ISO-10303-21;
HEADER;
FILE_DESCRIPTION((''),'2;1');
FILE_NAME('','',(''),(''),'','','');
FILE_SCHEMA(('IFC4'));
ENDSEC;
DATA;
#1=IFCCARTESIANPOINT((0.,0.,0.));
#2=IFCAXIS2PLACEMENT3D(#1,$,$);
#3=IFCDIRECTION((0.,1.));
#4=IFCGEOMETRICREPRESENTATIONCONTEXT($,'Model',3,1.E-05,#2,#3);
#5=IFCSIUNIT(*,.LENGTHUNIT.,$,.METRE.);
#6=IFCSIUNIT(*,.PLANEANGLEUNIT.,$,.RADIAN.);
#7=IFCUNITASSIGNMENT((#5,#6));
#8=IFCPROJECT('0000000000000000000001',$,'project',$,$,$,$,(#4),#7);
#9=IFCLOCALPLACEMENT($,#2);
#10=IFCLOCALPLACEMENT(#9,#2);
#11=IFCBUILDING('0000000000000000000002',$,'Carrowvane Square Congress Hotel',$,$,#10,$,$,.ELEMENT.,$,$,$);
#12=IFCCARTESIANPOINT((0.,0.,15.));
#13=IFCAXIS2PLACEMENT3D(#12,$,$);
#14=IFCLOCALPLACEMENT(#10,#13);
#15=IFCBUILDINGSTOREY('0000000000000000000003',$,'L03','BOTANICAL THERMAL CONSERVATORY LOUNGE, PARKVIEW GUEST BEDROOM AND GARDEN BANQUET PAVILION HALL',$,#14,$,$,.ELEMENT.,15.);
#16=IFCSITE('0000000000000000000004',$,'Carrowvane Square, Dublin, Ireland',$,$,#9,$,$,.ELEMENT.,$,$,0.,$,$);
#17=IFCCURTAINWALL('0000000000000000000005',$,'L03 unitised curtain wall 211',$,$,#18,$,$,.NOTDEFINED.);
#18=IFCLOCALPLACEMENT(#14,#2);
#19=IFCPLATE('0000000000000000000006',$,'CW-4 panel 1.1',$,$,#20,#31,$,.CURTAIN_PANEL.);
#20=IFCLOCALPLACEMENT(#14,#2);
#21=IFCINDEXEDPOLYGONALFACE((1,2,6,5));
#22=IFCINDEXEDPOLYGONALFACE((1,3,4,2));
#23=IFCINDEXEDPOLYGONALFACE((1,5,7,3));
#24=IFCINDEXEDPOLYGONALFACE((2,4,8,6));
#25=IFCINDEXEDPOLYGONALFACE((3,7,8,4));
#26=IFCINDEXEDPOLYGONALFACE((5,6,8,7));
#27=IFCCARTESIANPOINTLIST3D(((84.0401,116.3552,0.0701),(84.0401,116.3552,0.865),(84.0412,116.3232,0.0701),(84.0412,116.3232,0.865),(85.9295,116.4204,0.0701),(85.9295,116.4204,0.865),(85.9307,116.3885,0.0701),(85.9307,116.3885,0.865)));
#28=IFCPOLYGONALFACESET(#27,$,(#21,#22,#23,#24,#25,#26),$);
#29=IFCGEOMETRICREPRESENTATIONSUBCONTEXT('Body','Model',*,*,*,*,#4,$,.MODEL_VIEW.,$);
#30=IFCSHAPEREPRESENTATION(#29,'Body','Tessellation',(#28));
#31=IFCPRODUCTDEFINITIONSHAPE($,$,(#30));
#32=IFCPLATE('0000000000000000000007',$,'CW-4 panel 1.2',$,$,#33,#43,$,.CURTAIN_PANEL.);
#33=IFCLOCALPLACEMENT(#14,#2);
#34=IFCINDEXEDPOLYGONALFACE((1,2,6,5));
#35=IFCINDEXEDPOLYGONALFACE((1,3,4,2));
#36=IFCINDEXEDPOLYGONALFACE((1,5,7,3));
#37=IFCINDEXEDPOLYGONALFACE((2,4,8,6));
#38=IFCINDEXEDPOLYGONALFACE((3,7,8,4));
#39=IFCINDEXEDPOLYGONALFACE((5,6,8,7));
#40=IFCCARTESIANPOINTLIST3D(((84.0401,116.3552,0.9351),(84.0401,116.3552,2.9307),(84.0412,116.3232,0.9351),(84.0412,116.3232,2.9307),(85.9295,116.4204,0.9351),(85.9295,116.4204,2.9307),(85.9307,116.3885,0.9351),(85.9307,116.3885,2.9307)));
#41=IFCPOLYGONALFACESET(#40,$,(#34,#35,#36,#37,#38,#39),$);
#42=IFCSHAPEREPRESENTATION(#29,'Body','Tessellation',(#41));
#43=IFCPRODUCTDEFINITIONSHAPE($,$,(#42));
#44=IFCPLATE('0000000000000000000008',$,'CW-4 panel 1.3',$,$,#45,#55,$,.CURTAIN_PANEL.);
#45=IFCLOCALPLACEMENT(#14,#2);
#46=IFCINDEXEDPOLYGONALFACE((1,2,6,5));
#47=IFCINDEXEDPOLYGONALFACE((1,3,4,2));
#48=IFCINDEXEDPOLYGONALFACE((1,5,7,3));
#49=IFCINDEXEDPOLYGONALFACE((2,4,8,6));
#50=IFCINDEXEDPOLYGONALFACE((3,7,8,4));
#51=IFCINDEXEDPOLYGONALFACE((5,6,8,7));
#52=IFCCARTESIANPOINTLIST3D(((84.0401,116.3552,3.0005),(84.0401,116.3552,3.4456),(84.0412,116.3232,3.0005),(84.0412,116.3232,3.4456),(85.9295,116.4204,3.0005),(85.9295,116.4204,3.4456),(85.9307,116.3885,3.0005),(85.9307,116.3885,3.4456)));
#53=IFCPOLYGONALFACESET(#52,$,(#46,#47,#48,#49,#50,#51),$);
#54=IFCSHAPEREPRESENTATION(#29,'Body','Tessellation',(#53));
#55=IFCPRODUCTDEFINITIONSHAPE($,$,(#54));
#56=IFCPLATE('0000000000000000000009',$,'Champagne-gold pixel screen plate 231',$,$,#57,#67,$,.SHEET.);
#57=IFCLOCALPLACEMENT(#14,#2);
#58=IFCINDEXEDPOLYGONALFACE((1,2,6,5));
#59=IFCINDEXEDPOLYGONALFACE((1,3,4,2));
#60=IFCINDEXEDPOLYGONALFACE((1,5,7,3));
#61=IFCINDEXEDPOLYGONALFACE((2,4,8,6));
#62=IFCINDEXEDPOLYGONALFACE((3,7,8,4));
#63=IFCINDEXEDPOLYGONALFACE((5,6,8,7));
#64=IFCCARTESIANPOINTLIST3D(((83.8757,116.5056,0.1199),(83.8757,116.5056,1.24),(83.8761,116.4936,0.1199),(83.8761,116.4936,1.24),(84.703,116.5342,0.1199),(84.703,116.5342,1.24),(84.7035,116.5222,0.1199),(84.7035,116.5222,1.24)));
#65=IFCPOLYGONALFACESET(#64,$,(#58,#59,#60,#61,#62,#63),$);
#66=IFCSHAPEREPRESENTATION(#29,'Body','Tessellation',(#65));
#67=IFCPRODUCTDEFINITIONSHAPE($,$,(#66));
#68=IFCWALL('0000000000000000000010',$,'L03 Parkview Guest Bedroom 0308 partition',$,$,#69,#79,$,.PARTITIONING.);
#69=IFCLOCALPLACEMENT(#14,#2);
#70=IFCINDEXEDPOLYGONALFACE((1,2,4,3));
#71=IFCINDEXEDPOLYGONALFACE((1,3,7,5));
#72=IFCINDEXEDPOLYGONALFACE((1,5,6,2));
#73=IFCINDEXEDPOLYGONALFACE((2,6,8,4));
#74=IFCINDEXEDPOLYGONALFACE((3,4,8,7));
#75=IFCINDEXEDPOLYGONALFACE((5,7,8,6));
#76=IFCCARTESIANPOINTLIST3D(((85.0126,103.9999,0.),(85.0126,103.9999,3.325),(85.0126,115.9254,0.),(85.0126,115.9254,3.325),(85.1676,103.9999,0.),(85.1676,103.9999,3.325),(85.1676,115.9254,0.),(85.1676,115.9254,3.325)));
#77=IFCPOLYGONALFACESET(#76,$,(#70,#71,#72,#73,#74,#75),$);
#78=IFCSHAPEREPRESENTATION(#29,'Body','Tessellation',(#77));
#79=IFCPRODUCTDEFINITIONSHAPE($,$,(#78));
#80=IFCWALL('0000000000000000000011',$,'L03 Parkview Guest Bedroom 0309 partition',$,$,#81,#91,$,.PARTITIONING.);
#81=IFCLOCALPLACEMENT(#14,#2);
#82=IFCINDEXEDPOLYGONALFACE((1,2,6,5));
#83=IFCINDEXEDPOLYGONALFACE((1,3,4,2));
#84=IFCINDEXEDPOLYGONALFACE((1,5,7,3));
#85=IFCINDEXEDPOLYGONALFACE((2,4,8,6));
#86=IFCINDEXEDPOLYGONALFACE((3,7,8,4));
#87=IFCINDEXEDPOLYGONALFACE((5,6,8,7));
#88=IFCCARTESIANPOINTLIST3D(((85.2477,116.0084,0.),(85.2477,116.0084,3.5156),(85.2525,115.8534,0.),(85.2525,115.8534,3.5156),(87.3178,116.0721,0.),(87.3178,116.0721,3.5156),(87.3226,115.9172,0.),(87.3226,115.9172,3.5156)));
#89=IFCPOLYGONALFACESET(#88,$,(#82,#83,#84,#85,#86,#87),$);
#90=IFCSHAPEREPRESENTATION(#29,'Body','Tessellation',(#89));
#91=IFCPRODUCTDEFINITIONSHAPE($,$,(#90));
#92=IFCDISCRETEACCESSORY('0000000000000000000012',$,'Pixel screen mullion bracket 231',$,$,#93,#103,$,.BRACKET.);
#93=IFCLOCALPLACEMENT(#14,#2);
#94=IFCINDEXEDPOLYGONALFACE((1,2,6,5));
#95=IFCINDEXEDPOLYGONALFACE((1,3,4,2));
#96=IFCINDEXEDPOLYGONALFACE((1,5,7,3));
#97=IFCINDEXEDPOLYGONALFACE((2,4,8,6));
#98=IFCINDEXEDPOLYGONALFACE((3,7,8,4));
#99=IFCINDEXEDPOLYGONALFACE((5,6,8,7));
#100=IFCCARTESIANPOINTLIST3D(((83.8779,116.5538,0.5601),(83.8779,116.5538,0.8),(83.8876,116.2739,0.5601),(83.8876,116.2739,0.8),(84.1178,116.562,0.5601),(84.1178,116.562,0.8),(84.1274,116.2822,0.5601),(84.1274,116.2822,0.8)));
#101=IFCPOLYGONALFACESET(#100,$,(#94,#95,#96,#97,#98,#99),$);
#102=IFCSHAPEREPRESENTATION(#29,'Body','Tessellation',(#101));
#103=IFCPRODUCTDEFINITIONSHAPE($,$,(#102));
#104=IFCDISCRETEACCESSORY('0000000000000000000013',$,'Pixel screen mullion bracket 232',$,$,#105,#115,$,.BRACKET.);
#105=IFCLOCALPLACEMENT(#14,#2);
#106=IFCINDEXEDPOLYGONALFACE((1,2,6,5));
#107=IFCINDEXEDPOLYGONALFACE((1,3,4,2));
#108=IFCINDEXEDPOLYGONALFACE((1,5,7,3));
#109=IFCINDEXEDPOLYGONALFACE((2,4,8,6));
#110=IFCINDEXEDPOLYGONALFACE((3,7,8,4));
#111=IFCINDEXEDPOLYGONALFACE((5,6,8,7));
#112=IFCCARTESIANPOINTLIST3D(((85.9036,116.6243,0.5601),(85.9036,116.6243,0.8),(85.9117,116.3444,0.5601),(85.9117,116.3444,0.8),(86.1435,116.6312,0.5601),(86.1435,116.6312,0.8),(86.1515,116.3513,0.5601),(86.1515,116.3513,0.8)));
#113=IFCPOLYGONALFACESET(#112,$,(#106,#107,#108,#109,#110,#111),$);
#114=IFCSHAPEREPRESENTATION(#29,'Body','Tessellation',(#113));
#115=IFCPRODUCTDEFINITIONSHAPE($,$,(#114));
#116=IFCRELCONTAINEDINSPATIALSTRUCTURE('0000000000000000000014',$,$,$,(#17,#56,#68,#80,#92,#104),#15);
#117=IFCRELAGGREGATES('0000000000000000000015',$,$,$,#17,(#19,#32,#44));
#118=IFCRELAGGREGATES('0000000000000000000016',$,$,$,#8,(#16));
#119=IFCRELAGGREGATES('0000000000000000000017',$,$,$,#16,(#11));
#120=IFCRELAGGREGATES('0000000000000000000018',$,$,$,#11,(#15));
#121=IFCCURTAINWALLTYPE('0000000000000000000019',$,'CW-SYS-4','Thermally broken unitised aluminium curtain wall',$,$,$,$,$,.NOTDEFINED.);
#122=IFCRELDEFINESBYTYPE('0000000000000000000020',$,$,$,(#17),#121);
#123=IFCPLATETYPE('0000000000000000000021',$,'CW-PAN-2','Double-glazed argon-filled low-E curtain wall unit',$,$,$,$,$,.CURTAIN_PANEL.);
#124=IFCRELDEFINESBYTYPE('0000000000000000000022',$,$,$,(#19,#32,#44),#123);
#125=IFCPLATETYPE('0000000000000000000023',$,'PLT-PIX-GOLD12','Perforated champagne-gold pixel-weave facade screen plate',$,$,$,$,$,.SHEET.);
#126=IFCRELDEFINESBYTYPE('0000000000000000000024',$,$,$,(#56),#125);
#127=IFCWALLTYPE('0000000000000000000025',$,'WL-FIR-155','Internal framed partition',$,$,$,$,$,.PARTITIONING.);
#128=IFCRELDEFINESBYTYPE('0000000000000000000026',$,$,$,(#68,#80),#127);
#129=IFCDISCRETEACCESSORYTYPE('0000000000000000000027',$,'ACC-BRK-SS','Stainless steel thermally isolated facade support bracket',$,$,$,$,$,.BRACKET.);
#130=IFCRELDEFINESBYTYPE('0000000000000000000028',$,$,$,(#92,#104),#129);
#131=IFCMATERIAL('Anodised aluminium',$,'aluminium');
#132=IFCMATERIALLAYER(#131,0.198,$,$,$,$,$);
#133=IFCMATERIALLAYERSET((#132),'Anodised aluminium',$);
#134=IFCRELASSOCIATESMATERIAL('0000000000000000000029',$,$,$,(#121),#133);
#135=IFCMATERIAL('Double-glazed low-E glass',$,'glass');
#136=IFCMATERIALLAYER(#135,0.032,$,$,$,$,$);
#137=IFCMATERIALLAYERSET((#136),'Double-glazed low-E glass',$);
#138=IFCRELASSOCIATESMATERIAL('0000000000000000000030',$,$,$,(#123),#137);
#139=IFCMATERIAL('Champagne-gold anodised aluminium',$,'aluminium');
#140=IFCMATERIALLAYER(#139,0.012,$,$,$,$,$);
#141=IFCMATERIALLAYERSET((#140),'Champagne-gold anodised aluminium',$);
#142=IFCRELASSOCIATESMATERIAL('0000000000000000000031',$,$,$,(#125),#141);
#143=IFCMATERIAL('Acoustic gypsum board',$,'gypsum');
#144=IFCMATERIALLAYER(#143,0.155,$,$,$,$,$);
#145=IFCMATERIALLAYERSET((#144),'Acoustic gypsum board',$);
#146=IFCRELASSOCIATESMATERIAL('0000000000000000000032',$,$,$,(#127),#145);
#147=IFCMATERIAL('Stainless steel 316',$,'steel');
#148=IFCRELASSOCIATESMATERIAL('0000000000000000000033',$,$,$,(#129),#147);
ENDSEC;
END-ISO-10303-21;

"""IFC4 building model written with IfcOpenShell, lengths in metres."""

from ifc_helpers import new_model, si_unit, direction, frame, frame_2d, origin, origin_2d, place, context, subcontext, project, spatial, rectangle, extrude, material, layer, layer_set, type_object, element, aggregate, save


model = new_model("IFC4")

# Units and contexts
model_context = context("Model", 3, precision=1e-05, world=origin(), true_north=direction((0.0, 1.0)))
body_context = subcontext(model_context, "Body", "Model", "MODEL_VIEW")
ifc_project = project(units=[si_unit("LENGTHUNIT", "METRE"), si_unit("PLANEANGLEUNIT", "RADIAN")], contexts=[model_context])

# Site, building, storey
site_placement = place(None, origin())
site = spatial("IfcSite", under=ifc_project, at=site_placement, Name="Carrowvane Square, Dublin, Ireland", CompositionType="ELEMENT", RefElevation=0.0)
building_placement = place(site_placement, origin())
building = spatial("IfcBuilding", under=site, at=building_placement, Name="Carrowvane Square Congress Hotel", CompositionType="ELEMENT")
storey_placement = place(building_placement, frame((0.0, 0.0, 15.0)))
storey = spatial("IfcBuildingStorey", under=building, at=storey_placement, Name="L03", Description="BOTANICAL THERMAL CONSERVATORY LOUNGE, PARKVIEW GUEST BEDROOM AND GARDEN BANQUET PAVILION HALL", CompositionType="ELEMENT", Elevation=15.0)

# Curtain wall
ifc_material_1 = material(Name="Anodised aluminium", Category="aluminium")
ifc_layer_1 = layer(ifc_material_1, 0.198)
ifc_layer_set_1 = layer_set([ifc_layer_1], Name="Anodised aluminium")
curtain_wall_type_1 = type_object("IfcCurtainWallType", Name="CW-SYS-4", Description="Thermally broken unitised aluminium curtain wall", PredefinedType="NOTDEFINED", material=ifc_layer_set_1)
curtain_wall_1_placement = place(storey_placement, origin())
curtain_wall_1 = element("IfcCurtainWall", 1, at=curtain_wall_1_placement, inside=storey, type_object=curtain_wall_type_1, Name="L03 unitised curtain wall 211", PredefinedType="NOTDEFINED")

# Plates
ifc_material_2 = material(Name="Double-glazed low-E glass", Category="glass")
ifc_layer_2 = layer(ifc_material_2, 0.032)
ifc_layer_set_2 = layer_set([ifc_layer_2], Name="Double-glazed low-E glass")
plate_type_1 = type_object("IfcPlateType", Name="CW-PAN-2", Description="Double-glazed argon-filled low-E curtain wall unit", PredefinedType="CURTAIN_PANEL", material=ifc_layer_set_2)
plate_1_placement = place(storey_placement, frame((84.9854, 116.3718, 0.0701), z_axis=(0.0, 0.0, 1.0), x_axis=(0.999404, 0.034527, 0.0)))
plate_1 = element("IfcPlate", 2, at=plate_1_placement, type_object=plate_type_1, Name="CW-4 panel 1.1", PredefinedType="CURTAIN_PANEL", context=body_context, shape_type="SweptSolid", body=[
    extrude(rectangle(XDim=1.8906, YDim=0.032, at=origin_2d()), origin(), (0.0, 0.0, 1.0), 0.7949),
])
plate_2_placement = place(storey_placement, frame((84.9854, 116.3718, 0.9351), z_axis=(0.0, 0.0, 1.0), x_axis=(0.999404, 0.034527, 0.0)))
plate_2 = element("IfcPlate", 3, at=plate_2_placement, type_object=plate_type_1, Name="CW-4 panel 1.2", PredefinedType="CURTAIN_PANEL", context=body_context, shape_type="SweptSolid", body=[
    extrude(rectangle(XDim=1.8906, YDim=0.032, at=origin_2d()), origin(), (0.0, 0.0, 1.0), 1.9956),
])
plate_3_placement = place(storey_placement, frame((84.9854, 116.3718, 3.0005), z_axis=(0.0, 0.0, 1.0), x_axis=(0.999404, 0.034527, 0.0)))
plate_3 = element("IfcPlate", 4, at=plate_3_placement, type_object=plate_type_1, Name="CW-4 panel 1.3", PredefinedType="CURTAIN_PANEL", context=body_context, shape_type="SweptSolid", body=[
    extrude(rectangle(XDim=1.8906, YDim=0.032, at=origin_2d()), origin(), (0.0, 0.0, 1.0), 0.4451),
])
aggregate(curtain_wall_1, [plate_1, plate_2, plate_3])
ifc_material_3 = material(Name="Champagne-gold anodised aluminium", Category="aluminium")
ifc_layer_3 = layer(ifc_material_3, 0.012)
ifc_layer_set_3 = layer_set([ifc_layer_3], Name="Champagne-gold anodised aluminium")
plate_type_2 = type_object("IfcPlateType", Name="PLT-PIX-GOLD12", Description="Perforated champagne-gold pixel-weave facade screen plate", PredefinedType="SHEET", material=ifc_layer_set_3)
plate_4_placement = place(storey_placement, frame((84.2896, 116.5139, 0.1199), z_axis=(0.0, 0.0, 1.0), x_axis=(0.999404, 0.034527, 0.0)))
element("IfcPlate", 5, at=plate_4_placement, inside=storey, type_object=plate_type_2, Name="Champagne-gold pixel screen plate 231", PredefinedType="SHEET", context=body_context, shape_type="SweptSolid", body=[
    extrude(rectangle(XDim=0.8279, YDim=0.012, at=origin_2d()), origin(), (0.0, 0.0, 1.0), 1.1201),
])

# Walls
ifc_material_4 = material(Name="Acoustic gypsum board", Category="gypsum")
ifc_layer_4 = layer(ifc_material_4, 0.155)
ifc_layer_set_4 = layer_set([ifc_layer_4], Name="Acoustic gypsum board")
wall_type = type_object("IfcWallType", Name="WL-FIR-155", Description="Internal framed partition", PredefinedType="PARTITIONING", material=ifc_layer_set_4)
wall_1_placement = place(storey_placement, frame((85.0901, 115.9255, 0.0), z_axis=(0.0, 0.0, 1.0), x_axis=(0.0, -1.0, 0.0)))
element("IfcWall", 6, at=wall_1_placement, inside=storey, type_object=wall_type, Name="L03 Parkview Guest Bedroom 0308 partition", PredefinedType="PARTITIONING", context=body_context, shape_type="SweptSolid", body=[
    extrude(rectangle(XDim=11.9255, YDim=0.155, at=frame_2d((5.9629, 0.0))), origin(), (0.0, 0.0, 1.0), 3.325),
])
wall_2_placement = place(storey_placement, frame((85.25, 115.9309, 0.0), z_axis=(0.0, 0.0, 1.0), x_axis=(0.999527, 0.030767, 0.0)))
element("IfcWall", 7, at=wall_2_placement, inside=storey, type_object=wall_type, Name="L03 Parkview Guest Bedroom 0309 partition", PredefinedType="PARTITIONING", context=body_context, shape_type="SweptSolid", body=[
    extrude(rectangle(XDim=2.071, YDim=0.155, at=frame_2d((1.0356, 0.0))), origin(), (0.0, 0.0, 1.0), 3.5156),
])

# Discrete accessories
ifc_material_5 = material(Name="Stainless steel 316", Category="steel")
discrete_accessory_type = type_object("IfcDiscreteAccessoryType", Name="ACC-BRK-SS", Description="Stainless steel thermally isolated facade support bracket", PredefinedType="BRACKET", material=ifc_material_5)
for number, where, z_axis, x_axis, name in (
    (8, (84.0027, 116.418, 0.5601), (0.0, 0.0, 1.0), (0.999404, 0.034527, 0.0), "Pixel screen mullion bracket 231"),
    (9, (86.0276, 116.4878, 0.5601), (0.0, 0.0, 1.0), (0.99959, 0.028639, 0.0), "Pixel screen mullion bracket 232"),
):
    element("IfcDiscreteAccessory", number, at=place(storey_placement, frame(where, z_axis=z_axis, x_axis=x_axis)), inside=storey, type_object=discrete_accessory_type, Name=name, PredefinedType="BRACKET", context=body_context, shape_type="SweptSolid", body=[
        extrude(rectangle(XDim=0.24, YDim=0.28, at=origin_2d()), origin(), (0.0, 0.0, 1.0), 0.24),
    ])

save(model, "model.ifc")
